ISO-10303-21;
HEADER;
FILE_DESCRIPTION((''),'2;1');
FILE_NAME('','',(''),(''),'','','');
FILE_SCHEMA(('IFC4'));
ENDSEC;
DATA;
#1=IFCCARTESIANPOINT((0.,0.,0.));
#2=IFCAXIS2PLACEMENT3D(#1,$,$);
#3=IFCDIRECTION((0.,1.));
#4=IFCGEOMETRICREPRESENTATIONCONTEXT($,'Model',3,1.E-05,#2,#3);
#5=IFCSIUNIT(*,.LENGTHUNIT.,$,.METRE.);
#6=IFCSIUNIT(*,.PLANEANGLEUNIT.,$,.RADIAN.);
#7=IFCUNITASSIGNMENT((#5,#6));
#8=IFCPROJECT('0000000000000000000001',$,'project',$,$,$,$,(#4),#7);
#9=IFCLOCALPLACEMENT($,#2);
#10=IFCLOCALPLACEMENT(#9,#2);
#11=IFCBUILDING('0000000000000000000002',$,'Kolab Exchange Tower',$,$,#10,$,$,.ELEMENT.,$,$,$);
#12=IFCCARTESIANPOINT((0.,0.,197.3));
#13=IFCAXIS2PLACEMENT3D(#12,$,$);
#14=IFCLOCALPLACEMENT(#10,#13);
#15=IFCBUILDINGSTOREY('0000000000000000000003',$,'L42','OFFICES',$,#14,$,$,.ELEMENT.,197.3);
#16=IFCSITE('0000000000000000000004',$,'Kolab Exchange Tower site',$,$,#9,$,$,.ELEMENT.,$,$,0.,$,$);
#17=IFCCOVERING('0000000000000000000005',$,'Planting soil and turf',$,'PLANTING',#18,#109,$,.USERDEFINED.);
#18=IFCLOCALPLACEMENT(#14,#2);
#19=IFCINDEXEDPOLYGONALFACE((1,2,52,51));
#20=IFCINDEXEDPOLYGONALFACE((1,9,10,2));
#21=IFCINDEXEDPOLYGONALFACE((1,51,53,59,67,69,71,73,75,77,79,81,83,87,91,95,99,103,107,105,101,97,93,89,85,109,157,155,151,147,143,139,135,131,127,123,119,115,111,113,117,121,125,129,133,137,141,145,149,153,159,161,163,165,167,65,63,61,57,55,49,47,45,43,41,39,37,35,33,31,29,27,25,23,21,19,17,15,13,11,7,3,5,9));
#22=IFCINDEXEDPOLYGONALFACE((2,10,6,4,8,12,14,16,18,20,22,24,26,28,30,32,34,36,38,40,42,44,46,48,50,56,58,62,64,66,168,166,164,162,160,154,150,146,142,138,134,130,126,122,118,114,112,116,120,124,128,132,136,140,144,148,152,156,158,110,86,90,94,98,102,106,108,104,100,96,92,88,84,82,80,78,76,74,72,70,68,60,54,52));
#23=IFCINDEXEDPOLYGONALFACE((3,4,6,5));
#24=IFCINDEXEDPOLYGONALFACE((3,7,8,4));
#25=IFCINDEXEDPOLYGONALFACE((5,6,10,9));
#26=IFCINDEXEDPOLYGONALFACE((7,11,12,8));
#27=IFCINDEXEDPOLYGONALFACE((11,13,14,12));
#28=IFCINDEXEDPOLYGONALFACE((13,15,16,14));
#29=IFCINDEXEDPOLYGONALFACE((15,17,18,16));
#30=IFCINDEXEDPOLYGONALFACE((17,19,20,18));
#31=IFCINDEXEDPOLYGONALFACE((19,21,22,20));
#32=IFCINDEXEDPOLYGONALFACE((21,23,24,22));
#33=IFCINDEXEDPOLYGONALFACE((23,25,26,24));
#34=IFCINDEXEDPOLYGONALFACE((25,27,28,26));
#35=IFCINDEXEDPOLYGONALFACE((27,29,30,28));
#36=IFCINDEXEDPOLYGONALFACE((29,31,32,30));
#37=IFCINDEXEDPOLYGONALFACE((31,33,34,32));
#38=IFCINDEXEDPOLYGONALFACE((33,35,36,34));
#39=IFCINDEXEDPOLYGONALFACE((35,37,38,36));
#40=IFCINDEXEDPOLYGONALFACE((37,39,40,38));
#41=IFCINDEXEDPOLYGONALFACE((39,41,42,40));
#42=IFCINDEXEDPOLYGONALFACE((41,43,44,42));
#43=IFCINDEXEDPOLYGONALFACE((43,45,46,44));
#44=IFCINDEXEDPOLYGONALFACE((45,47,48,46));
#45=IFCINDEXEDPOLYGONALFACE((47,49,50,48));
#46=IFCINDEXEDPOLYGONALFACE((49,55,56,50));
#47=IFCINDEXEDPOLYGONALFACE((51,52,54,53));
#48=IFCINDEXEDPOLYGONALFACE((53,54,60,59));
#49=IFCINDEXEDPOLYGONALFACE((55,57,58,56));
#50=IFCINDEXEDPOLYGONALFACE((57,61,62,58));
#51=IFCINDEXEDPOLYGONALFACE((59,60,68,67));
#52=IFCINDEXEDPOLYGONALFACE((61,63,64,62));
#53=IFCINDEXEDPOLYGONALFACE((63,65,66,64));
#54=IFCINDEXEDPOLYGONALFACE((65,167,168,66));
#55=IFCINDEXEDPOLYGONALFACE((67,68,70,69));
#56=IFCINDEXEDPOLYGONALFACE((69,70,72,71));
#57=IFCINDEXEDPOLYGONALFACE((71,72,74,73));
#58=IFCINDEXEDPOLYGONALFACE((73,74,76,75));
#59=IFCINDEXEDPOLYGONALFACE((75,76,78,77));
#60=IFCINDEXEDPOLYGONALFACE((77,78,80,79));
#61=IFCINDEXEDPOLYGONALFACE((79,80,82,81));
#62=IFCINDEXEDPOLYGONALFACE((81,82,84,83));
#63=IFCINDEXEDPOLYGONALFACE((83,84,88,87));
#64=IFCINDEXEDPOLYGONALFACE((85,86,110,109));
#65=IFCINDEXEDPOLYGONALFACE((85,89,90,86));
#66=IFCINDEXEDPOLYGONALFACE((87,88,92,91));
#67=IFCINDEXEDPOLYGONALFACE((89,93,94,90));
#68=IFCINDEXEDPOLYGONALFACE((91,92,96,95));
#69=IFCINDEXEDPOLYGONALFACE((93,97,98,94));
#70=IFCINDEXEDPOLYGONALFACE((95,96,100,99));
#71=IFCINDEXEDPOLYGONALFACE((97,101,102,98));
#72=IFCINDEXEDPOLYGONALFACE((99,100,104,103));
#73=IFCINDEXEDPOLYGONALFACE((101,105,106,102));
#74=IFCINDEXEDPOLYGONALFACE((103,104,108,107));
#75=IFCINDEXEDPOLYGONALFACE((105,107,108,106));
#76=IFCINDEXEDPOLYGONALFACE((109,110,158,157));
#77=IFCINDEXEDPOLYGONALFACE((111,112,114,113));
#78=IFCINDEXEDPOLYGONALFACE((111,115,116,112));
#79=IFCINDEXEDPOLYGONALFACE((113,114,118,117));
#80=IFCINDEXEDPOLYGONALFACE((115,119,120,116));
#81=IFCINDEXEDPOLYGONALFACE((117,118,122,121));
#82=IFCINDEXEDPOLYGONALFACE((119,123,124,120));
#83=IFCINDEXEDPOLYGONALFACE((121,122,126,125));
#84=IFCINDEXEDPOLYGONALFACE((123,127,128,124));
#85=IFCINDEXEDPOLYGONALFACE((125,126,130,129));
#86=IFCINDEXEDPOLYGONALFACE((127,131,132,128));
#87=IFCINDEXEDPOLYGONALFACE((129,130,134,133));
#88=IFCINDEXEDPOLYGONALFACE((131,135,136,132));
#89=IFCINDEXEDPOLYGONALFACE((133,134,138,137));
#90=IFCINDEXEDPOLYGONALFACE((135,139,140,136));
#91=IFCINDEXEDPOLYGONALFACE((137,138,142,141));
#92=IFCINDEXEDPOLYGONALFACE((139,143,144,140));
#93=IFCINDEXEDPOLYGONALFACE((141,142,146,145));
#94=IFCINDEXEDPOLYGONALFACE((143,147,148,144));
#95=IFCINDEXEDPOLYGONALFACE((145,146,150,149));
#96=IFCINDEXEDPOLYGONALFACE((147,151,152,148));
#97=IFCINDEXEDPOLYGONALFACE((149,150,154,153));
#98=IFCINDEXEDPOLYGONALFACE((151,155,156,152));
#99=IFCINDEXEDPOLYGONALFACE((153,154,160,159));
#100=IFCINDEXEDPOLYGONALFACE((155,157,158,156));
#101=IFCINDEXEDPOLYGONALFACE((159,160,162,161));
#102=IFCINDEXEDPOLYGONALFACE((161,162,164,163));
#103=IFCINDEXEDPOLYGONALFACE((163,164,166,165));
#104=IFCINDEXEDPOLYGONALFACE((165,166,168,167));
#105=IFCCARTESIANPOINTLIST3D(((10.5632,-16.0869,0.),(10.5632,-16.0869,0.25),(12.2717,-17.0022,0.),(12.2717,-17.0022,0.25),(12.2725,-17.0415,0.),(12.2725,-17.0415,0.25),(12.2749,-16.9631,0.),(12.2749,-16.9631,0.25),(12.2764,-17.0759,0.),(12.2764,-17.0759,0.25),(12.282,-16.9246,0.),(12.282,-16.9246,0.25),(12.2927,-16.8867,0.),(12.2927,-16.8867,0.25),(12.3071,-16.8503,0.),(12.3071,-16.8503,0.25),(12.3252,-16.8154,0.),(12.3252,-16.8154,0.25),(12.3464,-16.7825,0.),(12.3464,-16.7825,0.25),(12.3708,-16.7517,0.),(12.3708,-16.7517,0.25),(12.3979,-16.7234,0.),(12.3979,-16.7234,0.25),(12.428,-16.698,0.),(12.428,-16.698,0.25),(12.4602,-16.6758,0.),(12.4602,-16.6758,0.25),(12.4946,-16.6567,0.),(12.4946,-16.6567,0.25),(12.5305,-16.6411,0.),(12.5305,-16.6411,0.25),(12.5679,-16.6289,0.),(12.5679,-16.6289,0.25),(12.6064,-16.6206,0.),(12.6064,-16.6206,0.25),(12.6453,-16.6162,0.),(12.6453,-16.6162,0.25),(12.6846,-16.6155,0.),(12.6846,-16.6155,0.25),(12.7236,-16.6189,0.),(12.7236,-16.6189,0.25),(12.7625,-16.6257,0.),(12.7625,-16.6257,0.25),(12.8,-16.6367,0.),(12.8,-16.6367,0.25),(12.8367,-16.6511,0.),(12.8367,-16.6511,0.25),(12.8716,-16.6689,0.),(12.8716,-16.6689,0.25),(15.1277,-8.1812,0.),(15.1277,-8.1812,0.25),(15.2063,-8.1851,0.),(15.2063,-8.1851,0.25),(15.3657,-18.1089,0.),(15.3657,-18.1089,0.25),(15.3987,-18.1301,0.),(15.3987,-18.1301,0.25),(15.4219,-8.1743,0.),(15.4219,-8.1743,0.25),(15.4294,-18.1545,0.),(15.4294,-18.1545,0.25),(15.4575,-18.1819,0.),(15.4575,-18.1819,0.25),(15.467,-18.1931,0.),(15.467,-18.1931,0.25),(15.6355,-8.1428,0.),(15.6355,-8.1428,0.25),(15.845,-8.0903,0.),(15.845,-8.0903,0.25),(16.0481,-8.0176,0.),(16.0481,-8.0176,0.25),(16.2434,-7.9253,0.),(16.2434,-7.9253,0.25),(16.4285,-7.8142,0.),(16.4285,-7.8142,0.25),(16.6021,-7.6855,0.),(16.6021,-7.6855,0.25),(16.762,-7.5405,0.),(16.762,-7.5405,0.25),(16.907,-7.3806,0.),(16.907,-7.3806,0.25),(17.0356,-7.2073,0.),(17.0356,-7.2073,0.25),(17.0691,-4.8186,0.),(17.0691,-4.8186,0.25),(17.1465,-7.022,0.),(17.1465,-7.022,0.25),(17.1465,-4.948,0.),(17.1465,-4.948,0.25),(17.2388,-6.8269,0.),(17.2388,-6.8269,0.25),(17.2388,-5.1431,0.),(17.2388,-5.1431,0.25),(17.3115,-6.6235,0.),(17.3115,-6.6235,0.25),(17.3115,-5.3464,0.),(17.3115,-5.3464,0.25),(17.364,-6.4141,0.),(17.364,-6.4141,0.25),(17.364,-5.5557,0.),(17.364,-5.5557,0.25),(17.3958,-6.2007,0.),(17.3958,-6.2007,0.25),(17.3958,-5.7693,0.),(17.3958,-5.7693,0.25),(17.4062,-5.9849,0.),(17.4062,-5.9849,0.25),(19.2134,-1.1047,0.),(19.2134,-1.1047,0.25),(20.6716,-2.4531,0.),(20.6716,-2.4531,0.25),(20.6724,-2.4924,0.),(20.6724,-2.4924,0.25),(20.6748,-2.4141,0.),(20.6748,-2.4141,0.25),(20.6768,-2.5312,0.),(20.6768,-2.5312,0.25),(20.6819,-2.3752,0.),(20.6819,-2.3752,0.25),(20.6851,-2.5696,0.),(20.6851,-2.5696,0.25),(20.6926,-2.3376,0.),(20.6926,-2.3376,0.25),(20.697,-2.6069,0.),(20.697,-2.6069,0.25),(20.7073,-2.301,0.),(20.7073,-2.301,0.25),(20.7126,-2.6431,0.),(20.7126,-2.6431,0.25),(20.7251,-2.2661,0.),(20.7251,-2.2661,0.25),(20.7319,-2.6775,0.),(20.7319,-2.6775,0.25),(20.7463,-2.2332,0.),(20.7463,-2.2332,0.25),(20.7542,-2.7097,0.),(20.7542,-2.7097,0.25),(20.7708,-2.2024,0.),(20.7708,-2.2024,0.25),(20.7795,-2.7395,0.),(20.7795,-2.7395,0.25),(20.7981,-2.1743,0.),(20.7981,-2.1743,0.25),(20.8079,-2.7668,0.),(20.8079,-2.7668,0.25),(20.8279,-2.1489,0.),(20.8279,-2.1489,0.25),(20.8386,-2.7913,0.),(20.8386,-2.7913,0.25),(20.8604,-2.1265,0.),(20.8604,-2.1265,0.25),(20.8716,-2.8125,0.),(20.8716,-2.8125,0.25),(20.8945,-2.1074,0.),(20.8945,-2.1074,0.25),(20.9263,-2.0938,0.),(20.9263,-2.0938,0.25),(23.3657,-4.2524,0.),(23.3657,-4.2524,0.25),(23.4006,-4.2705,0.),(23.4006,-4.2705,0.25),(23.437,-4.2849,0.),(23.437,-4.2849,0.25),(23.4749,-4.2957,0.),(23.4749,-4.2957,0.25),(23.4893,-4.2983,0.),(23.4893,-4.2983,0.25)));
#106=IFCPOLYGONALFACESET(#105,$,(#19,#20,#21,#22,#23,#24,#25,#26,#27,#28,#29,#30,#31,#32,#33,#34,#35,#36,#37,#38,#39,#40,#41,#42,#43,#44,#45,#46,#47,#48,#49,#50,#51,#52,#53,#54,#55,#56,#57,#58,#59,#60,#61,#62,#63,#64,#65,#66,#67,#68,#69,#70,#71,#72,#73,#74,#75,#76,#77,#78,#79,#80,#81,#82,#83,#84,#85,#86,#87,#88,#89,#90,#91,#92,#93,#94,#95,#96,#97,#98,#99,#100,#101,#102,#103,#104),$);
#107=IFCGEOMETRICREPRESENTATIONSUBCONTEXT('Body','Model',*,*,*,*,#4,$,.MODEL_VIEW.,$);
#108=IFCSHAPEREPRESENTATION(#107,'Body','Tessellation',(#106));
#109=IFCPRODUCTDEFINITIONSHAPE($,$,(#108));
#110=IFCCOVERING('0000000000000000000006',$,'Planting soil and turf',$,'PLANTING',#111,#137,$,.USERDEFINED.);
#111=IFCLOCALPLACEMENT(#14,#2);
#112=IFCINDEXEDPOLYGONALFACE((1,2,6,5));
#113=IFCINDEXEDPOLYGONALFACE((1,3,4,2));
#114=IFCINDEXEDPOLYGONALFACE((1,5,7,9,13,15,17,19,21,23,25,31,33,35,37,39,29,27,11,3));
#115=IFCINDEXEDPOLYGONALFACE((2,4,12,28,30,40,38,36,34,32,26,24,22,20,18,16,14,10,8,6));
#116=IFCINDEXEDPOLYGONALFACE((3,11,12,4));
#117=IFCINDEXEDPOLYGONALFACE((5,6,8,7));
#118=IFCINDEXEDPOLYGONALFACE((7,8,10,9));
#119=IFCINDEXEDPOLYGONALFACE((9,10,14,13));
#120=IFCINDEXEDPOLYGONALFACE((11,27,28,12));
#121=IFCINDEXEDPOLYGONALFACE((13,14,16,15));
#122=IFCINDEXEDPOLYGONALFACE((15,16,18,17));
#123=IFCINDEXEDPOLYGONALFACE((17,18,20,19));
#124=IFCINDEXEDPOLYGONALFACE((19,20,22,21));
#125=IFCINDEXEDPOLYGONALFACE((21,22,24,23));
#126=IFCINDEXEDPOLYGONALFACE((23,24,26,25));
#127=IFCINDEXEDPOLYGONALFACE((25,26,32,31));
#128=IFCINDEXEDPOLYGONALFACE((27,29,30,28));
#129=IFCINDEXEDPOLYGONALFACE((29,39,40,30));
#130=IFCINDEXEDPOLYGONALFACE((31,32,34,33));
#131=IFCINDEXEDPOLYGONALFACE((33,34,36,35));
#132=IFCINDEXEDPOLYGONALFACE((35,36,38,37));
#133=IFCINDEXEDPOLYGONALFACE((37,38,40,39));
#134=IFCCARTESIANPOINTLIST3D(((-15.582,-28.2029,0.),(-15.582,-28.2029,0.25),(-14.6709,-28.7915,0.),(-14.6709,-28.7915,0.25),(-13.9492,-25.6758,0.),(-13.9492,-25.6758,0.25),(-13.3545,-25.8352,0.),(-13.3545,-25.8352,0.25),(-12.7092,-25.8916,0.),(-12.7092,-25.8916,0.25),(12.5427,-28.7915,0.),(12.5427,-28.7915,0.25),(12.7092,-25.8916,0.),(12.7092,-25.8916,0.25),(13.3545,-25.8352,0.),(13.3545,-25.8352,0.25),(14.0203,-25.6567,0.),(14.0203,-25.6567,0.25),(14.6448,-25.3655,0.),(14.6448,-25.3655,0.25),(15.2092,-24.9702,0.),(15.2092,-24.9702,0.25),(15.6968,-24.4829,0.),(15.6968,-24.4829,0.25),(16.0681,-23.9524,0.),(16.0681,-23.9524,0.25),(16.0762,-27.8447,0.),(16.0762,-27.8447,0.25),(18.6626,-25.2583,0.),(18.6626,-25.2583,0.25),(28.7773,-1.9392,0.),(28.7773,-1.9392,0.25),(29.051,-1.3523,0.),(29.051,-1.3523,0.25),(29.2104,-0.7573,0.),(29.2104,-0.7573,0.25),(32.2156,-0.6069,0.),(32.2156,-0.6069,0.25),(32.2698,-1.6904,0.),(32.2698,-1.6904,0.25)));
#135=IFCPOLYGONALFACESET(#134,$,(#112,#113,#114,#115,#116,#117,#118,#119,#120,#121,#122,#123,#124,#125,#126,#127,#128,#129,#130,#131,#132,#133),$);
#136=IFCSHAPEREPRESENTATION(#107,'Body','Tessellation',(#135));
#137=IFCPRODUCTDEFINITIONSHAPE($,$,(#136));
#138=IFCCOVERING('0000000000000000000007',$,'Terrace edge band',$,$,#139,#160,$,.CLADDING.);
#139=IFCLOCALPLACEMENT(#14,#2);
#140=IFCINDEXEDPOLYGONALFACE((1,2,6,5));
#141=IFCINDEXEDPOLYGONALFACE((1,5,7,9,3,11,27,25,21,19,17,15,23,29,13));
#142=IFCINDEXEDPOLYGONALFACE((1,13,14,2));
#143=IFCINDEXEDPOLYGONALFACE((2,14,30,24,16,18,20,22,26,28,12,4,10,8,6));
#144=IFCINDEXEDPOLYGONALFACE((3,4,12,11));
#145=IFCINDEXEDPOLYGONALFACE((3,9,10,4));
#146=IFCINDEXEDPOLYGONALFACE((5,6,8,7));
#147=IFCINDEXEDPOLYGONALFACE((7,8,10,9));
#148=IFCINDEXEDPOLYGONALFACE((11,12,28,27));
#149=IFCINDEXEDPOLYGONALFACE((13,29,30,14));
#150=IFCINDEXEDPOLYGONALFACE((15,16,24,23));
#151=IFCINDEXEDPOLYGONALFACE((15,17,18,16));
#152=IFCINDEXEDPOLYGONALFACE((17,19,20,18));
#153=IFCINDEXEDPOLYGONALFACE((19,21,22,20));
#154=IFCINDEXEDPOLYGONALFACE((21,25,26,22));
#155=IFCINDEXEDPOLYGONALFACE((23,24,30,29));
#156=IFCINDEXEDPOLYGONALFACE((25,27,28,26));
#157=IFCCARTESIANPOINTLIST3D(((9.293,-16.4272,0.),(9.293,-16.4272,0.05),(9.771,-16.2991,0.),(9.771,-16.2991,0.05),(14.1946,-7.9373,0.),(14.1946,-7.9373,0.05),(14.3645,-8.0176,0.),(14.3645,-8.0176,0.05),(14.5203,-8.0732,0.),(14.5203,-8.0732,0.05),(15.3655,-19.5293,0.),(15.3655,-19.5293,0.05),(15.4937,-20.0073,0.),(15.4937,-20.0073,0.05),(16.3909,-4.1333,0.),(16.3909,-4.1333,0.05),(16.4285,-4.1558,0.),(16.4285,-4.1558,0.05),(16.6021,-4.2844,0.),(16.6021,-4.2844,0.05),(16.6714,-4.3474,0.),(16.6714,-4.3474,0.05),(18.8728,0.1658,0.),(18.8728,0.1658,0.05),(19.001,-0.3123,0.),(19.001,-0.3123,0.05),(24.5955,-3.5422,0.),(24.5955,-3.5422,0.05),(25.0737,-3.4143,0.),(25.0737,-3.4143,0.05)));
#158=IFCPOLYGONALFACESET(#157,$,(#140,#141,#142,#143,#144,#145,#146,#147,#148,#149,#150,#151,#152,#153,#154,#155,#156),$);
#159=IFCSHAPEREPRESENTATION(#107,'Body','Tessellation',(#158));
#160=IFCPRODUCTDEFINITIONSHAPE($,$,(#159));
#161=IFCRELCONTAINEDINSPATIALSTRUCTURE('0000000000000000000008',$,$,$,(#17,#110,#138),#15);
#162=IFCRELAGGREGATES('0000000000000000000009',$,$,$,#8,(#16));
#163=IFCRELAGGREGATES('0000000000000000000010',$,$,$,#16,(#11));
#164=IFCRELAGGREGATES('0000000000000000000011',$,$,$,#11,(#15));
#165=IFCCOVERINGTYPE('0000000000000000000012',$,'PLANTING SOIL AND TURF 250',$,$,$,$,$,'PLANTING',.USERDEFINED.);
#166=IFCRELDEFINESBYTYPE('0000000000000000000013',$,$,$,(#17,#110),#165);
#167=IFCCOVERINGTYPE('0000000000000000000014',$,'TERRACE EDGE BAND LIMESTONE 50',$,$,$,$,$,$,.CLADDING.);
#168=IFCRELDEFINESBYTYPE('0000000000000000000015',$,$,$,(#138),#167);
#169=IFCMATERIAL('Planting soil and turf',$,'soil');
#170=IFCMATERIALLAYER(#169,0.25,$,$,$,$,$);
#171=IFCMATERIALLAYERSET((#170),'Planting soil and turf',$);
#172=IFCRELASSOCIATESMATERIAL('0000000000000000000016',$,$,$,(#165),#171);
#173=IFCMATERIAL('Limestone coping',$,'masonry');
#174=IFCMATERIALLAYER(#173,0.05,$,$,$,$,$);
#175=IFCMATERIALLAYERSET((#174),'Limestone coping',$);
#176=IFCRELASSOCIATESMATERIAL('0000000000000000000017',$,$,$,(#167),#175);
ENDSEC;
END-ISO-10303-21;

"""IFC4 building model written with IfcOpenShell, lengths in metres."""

from ifc_helpers import new_model, si_unit, direction, frame, origin, place, context, subcontext, project, spatial, polyline, outline, extrude, material, layer, layer_set, type_object, element, save


model = new_model("IFC4")

# Units and contexts
model_context = context("Model", 3, precision=1e-05, world=origin(), true_north=direction((0.0, 1.0)))
body_context = subcontext(model_context, "Body", "Model", "MODEL_VIEW")
ifc_project = project(units=[si_unit("LENGTHUNIT", "METRE"), si_unit("PLANEANGLEUNIT", "RADIAN")], contexts=[model_context])

# Site, building, storey
site_placement = place(None, origin())
site = spatial("IfcSite", under=ifc_project, at=site_placement, Name="Kolab Exchange Tower site", CompositionType="ELEMENT", RefElevation=0.0)
building_placement = place(site_placement, origin())
building = spatial("IfcBuilding", under=site, at=building_placement, Name="Kolab Exchange Tower", CompositionType="ELEMENT")
storey_placement = place(building_placement, frame((0.0, 0.0, 197.3)))
storey = spatial("IfcBuildingStorey", under=building, at=storey_placement, Name="L42", Description="OFFICES", CompositionType="ELEMENT", Elevation=197.3)

# Coverings
ifc_material_1 = material(Name="Planting soil and turf", Category="soil")
ifc_layer_1 = layer(ifc_material_1, 0.25)
ifc_layer_set_1 = layer_set([ifc_layer_1], Name="Planting soil and turf")
covering_type_1 = type_object("IfcCoveringType", Name="PLANTING SOIL AND TURF 250", ElementType="PLANTING", PredefinedType="USERDEFINED", material=ifc_layer_set_1)
covering_1_placement = place(storey_placement, origin())
element("IfcCovering", 1, at=covering_1_placement, inside=storey, type_object=covering_type_1, Name="Planting soil and turf", ObjectType="PLANTING", PredefinedType="USERDEFINED", context=body_context, shape_type="SweptSolid", body=[
    extrude(outline(polyline([(20.9263, -2.0938), (20.8945, -2.1074), (20.8604, -2.1265), (20.8279, -2.1489), (20.7981, -2.1743), (20.7708, -2.2024), (20.7463, -2.2332), (20.7251, -2.2661), (20.7073, -2.301), (20.6926, -2.3376), (20.6819, -2.3752), (20.6748, -2.4141), (20.6716, -2.4531), (20.6724, -2.4924), (20.6768, -2.5312), (20.6851, -2.5696), (20.697, -2.6069), (20.7126, -2.6431), (20.7319, -2.6775), (20.7542, -2.7097), (20.7795, -2.7395), (20.8079, -2.7668), (20.8386, -2.7913), (20.8716, -2.8125), (23.3657, -4.2524), (23.4006, -4.2705), (23.437, -4.2849), (23.4749, -4.2957), (23.4893, -4.2983), (15.467, -18.1931), (15.4575, -18.1819), (15.4294, -18.1545), (15.3987, -18.1301), (15.3657, -18.1089), (12.8716, -16.6689), (12.8367, -16.6511), (12.8, -16.6367), (12.7625, -16.6257), (12.7236, -16.6189), (12.6846, -16.6155), (12.6453, -16.6162), (12.6064, -16.6206), (12.5679, -16.6289), (12.5305, -16.6411), (12.4946, -16.6567), (12.4602, -16.6758), (12.428, -16.698), (12.3979, -16.7234), (12.3708, -16.7517), (12.3464, -16.7825), (12.3252, -16.8154), (12.3071, -16.8503), (12.2927, -16.8867), (12.282, -16.9246), (12.2749, -16.9631), (12.2717, -17.0022), (12.2725, -17.0415), (12.2764, -17.0759), (10.5632, -16.0869), (15.1277, -8.1812), (15.2063, -8.1851), (15.4219, -8.1743), (15.6355, -8.1428), (15.845, -8.0903), (16.0481, -8.0176), (16.2434, -7.9253), (16.4285, -7.8142), (16.6021, -7.6855), (16.762, -7.5405), (16.907, -7.3806), (17.0356, -7.2073), (17.1465, -7.022), (17.2388, -6.8269), (17.3115, -6.6235), (17.364, -6.4141), (17.3958, -6.2007), (17.4062, -5.9849), (17.3958, -5.7693), (17.364, -5.5557), (17.3115, -5.3464), (17.2388, -5.1431), (17.1465, -4.948), (17.0691, -4.8186), (19.2134, -1.1047), (20.9263, -2.0938)])), origin(), (0.0, 0.0, 1.0), 0.25),
])
covering_2_placement = place(storey_placement, origin())
element("IfcCovering", 2, at=covering_2_placement, inside=storey, type_object=covering_type_1, Name="Planting soil and turf", ObjectType="PLANTING", PredefinedType="USERDEFINED", context=body_context, shape_type="SweptSolid", body=[
    extrude(outline(polyline([(-13.3545, -25.8352), (-12.7092, -25.8916), (12.7092, -25.8916), (13.3545, -25.8352), (14.0203, -25.6567), (14.6448, -25.3655), (15.2092, -24.9702), (15.6968, -24.4829), (16.0681, -23.9524), (28.7773, -1.9392), (29.051, -1.3523), (29.2104, -0.7573), (32.2156, -0.6069), (32.2698, -1.6904), (18.6626, -25.2583), (16.0762, -27.8447), (12.5427, -28.7915), (-14.6709, -28.7915), (-15.582, -28.2029), (-13.9492, -25.6758), (-13.3545, -25.8352)])), origin(), (0.0, 0.0, 1.0), 0.25),
])
ifc_material_2 = material(Name="Limestone coping", Category="masonry")
ifc_layer_2 = layer(ifc_material_2, 0.05)
ifc_layer_set_2 = layer_set([ifc_layer_2], Name="Limestone coping")
covering_type_2 = type_object("IfcCoveringType", Name="TERRACE EDGE BAND LIMESTONE 50", PredefinedType="CLADDING", material=ifc_layer_set_2)
covering_3_placement = place(storey_placement, origin())
element("IfcCovering", 3, at=covering_3_placement, inside=storey, type_object=covering_type_2, Name="Terrace edge band", PredefinedType="CLADDING", context=body_context, shape_type="SweptSolid", body=[
    extrude(outline(polyline([(15.4937, -20.0073), (9.293, -16.4272), (14.1946, -7.9373), (14.3645, -8.0176), (14.5203, -8.0732), (9.771, -16.2991), (15.3655, -19.5293), (24.5955, -3.5422), (19.001, -0.3123), (16.6714, -4.3474), (16.6021, -4.2844), (16.4285, -4.1558), (16.3909, -4.1333), (18.8728, 0.1658), (25.0737, -3.4143), (15.4937, -20.0073)])), origin(), (0.0, 0.0, 1.0), 0.05),
])

save(model, "model.ifc")
